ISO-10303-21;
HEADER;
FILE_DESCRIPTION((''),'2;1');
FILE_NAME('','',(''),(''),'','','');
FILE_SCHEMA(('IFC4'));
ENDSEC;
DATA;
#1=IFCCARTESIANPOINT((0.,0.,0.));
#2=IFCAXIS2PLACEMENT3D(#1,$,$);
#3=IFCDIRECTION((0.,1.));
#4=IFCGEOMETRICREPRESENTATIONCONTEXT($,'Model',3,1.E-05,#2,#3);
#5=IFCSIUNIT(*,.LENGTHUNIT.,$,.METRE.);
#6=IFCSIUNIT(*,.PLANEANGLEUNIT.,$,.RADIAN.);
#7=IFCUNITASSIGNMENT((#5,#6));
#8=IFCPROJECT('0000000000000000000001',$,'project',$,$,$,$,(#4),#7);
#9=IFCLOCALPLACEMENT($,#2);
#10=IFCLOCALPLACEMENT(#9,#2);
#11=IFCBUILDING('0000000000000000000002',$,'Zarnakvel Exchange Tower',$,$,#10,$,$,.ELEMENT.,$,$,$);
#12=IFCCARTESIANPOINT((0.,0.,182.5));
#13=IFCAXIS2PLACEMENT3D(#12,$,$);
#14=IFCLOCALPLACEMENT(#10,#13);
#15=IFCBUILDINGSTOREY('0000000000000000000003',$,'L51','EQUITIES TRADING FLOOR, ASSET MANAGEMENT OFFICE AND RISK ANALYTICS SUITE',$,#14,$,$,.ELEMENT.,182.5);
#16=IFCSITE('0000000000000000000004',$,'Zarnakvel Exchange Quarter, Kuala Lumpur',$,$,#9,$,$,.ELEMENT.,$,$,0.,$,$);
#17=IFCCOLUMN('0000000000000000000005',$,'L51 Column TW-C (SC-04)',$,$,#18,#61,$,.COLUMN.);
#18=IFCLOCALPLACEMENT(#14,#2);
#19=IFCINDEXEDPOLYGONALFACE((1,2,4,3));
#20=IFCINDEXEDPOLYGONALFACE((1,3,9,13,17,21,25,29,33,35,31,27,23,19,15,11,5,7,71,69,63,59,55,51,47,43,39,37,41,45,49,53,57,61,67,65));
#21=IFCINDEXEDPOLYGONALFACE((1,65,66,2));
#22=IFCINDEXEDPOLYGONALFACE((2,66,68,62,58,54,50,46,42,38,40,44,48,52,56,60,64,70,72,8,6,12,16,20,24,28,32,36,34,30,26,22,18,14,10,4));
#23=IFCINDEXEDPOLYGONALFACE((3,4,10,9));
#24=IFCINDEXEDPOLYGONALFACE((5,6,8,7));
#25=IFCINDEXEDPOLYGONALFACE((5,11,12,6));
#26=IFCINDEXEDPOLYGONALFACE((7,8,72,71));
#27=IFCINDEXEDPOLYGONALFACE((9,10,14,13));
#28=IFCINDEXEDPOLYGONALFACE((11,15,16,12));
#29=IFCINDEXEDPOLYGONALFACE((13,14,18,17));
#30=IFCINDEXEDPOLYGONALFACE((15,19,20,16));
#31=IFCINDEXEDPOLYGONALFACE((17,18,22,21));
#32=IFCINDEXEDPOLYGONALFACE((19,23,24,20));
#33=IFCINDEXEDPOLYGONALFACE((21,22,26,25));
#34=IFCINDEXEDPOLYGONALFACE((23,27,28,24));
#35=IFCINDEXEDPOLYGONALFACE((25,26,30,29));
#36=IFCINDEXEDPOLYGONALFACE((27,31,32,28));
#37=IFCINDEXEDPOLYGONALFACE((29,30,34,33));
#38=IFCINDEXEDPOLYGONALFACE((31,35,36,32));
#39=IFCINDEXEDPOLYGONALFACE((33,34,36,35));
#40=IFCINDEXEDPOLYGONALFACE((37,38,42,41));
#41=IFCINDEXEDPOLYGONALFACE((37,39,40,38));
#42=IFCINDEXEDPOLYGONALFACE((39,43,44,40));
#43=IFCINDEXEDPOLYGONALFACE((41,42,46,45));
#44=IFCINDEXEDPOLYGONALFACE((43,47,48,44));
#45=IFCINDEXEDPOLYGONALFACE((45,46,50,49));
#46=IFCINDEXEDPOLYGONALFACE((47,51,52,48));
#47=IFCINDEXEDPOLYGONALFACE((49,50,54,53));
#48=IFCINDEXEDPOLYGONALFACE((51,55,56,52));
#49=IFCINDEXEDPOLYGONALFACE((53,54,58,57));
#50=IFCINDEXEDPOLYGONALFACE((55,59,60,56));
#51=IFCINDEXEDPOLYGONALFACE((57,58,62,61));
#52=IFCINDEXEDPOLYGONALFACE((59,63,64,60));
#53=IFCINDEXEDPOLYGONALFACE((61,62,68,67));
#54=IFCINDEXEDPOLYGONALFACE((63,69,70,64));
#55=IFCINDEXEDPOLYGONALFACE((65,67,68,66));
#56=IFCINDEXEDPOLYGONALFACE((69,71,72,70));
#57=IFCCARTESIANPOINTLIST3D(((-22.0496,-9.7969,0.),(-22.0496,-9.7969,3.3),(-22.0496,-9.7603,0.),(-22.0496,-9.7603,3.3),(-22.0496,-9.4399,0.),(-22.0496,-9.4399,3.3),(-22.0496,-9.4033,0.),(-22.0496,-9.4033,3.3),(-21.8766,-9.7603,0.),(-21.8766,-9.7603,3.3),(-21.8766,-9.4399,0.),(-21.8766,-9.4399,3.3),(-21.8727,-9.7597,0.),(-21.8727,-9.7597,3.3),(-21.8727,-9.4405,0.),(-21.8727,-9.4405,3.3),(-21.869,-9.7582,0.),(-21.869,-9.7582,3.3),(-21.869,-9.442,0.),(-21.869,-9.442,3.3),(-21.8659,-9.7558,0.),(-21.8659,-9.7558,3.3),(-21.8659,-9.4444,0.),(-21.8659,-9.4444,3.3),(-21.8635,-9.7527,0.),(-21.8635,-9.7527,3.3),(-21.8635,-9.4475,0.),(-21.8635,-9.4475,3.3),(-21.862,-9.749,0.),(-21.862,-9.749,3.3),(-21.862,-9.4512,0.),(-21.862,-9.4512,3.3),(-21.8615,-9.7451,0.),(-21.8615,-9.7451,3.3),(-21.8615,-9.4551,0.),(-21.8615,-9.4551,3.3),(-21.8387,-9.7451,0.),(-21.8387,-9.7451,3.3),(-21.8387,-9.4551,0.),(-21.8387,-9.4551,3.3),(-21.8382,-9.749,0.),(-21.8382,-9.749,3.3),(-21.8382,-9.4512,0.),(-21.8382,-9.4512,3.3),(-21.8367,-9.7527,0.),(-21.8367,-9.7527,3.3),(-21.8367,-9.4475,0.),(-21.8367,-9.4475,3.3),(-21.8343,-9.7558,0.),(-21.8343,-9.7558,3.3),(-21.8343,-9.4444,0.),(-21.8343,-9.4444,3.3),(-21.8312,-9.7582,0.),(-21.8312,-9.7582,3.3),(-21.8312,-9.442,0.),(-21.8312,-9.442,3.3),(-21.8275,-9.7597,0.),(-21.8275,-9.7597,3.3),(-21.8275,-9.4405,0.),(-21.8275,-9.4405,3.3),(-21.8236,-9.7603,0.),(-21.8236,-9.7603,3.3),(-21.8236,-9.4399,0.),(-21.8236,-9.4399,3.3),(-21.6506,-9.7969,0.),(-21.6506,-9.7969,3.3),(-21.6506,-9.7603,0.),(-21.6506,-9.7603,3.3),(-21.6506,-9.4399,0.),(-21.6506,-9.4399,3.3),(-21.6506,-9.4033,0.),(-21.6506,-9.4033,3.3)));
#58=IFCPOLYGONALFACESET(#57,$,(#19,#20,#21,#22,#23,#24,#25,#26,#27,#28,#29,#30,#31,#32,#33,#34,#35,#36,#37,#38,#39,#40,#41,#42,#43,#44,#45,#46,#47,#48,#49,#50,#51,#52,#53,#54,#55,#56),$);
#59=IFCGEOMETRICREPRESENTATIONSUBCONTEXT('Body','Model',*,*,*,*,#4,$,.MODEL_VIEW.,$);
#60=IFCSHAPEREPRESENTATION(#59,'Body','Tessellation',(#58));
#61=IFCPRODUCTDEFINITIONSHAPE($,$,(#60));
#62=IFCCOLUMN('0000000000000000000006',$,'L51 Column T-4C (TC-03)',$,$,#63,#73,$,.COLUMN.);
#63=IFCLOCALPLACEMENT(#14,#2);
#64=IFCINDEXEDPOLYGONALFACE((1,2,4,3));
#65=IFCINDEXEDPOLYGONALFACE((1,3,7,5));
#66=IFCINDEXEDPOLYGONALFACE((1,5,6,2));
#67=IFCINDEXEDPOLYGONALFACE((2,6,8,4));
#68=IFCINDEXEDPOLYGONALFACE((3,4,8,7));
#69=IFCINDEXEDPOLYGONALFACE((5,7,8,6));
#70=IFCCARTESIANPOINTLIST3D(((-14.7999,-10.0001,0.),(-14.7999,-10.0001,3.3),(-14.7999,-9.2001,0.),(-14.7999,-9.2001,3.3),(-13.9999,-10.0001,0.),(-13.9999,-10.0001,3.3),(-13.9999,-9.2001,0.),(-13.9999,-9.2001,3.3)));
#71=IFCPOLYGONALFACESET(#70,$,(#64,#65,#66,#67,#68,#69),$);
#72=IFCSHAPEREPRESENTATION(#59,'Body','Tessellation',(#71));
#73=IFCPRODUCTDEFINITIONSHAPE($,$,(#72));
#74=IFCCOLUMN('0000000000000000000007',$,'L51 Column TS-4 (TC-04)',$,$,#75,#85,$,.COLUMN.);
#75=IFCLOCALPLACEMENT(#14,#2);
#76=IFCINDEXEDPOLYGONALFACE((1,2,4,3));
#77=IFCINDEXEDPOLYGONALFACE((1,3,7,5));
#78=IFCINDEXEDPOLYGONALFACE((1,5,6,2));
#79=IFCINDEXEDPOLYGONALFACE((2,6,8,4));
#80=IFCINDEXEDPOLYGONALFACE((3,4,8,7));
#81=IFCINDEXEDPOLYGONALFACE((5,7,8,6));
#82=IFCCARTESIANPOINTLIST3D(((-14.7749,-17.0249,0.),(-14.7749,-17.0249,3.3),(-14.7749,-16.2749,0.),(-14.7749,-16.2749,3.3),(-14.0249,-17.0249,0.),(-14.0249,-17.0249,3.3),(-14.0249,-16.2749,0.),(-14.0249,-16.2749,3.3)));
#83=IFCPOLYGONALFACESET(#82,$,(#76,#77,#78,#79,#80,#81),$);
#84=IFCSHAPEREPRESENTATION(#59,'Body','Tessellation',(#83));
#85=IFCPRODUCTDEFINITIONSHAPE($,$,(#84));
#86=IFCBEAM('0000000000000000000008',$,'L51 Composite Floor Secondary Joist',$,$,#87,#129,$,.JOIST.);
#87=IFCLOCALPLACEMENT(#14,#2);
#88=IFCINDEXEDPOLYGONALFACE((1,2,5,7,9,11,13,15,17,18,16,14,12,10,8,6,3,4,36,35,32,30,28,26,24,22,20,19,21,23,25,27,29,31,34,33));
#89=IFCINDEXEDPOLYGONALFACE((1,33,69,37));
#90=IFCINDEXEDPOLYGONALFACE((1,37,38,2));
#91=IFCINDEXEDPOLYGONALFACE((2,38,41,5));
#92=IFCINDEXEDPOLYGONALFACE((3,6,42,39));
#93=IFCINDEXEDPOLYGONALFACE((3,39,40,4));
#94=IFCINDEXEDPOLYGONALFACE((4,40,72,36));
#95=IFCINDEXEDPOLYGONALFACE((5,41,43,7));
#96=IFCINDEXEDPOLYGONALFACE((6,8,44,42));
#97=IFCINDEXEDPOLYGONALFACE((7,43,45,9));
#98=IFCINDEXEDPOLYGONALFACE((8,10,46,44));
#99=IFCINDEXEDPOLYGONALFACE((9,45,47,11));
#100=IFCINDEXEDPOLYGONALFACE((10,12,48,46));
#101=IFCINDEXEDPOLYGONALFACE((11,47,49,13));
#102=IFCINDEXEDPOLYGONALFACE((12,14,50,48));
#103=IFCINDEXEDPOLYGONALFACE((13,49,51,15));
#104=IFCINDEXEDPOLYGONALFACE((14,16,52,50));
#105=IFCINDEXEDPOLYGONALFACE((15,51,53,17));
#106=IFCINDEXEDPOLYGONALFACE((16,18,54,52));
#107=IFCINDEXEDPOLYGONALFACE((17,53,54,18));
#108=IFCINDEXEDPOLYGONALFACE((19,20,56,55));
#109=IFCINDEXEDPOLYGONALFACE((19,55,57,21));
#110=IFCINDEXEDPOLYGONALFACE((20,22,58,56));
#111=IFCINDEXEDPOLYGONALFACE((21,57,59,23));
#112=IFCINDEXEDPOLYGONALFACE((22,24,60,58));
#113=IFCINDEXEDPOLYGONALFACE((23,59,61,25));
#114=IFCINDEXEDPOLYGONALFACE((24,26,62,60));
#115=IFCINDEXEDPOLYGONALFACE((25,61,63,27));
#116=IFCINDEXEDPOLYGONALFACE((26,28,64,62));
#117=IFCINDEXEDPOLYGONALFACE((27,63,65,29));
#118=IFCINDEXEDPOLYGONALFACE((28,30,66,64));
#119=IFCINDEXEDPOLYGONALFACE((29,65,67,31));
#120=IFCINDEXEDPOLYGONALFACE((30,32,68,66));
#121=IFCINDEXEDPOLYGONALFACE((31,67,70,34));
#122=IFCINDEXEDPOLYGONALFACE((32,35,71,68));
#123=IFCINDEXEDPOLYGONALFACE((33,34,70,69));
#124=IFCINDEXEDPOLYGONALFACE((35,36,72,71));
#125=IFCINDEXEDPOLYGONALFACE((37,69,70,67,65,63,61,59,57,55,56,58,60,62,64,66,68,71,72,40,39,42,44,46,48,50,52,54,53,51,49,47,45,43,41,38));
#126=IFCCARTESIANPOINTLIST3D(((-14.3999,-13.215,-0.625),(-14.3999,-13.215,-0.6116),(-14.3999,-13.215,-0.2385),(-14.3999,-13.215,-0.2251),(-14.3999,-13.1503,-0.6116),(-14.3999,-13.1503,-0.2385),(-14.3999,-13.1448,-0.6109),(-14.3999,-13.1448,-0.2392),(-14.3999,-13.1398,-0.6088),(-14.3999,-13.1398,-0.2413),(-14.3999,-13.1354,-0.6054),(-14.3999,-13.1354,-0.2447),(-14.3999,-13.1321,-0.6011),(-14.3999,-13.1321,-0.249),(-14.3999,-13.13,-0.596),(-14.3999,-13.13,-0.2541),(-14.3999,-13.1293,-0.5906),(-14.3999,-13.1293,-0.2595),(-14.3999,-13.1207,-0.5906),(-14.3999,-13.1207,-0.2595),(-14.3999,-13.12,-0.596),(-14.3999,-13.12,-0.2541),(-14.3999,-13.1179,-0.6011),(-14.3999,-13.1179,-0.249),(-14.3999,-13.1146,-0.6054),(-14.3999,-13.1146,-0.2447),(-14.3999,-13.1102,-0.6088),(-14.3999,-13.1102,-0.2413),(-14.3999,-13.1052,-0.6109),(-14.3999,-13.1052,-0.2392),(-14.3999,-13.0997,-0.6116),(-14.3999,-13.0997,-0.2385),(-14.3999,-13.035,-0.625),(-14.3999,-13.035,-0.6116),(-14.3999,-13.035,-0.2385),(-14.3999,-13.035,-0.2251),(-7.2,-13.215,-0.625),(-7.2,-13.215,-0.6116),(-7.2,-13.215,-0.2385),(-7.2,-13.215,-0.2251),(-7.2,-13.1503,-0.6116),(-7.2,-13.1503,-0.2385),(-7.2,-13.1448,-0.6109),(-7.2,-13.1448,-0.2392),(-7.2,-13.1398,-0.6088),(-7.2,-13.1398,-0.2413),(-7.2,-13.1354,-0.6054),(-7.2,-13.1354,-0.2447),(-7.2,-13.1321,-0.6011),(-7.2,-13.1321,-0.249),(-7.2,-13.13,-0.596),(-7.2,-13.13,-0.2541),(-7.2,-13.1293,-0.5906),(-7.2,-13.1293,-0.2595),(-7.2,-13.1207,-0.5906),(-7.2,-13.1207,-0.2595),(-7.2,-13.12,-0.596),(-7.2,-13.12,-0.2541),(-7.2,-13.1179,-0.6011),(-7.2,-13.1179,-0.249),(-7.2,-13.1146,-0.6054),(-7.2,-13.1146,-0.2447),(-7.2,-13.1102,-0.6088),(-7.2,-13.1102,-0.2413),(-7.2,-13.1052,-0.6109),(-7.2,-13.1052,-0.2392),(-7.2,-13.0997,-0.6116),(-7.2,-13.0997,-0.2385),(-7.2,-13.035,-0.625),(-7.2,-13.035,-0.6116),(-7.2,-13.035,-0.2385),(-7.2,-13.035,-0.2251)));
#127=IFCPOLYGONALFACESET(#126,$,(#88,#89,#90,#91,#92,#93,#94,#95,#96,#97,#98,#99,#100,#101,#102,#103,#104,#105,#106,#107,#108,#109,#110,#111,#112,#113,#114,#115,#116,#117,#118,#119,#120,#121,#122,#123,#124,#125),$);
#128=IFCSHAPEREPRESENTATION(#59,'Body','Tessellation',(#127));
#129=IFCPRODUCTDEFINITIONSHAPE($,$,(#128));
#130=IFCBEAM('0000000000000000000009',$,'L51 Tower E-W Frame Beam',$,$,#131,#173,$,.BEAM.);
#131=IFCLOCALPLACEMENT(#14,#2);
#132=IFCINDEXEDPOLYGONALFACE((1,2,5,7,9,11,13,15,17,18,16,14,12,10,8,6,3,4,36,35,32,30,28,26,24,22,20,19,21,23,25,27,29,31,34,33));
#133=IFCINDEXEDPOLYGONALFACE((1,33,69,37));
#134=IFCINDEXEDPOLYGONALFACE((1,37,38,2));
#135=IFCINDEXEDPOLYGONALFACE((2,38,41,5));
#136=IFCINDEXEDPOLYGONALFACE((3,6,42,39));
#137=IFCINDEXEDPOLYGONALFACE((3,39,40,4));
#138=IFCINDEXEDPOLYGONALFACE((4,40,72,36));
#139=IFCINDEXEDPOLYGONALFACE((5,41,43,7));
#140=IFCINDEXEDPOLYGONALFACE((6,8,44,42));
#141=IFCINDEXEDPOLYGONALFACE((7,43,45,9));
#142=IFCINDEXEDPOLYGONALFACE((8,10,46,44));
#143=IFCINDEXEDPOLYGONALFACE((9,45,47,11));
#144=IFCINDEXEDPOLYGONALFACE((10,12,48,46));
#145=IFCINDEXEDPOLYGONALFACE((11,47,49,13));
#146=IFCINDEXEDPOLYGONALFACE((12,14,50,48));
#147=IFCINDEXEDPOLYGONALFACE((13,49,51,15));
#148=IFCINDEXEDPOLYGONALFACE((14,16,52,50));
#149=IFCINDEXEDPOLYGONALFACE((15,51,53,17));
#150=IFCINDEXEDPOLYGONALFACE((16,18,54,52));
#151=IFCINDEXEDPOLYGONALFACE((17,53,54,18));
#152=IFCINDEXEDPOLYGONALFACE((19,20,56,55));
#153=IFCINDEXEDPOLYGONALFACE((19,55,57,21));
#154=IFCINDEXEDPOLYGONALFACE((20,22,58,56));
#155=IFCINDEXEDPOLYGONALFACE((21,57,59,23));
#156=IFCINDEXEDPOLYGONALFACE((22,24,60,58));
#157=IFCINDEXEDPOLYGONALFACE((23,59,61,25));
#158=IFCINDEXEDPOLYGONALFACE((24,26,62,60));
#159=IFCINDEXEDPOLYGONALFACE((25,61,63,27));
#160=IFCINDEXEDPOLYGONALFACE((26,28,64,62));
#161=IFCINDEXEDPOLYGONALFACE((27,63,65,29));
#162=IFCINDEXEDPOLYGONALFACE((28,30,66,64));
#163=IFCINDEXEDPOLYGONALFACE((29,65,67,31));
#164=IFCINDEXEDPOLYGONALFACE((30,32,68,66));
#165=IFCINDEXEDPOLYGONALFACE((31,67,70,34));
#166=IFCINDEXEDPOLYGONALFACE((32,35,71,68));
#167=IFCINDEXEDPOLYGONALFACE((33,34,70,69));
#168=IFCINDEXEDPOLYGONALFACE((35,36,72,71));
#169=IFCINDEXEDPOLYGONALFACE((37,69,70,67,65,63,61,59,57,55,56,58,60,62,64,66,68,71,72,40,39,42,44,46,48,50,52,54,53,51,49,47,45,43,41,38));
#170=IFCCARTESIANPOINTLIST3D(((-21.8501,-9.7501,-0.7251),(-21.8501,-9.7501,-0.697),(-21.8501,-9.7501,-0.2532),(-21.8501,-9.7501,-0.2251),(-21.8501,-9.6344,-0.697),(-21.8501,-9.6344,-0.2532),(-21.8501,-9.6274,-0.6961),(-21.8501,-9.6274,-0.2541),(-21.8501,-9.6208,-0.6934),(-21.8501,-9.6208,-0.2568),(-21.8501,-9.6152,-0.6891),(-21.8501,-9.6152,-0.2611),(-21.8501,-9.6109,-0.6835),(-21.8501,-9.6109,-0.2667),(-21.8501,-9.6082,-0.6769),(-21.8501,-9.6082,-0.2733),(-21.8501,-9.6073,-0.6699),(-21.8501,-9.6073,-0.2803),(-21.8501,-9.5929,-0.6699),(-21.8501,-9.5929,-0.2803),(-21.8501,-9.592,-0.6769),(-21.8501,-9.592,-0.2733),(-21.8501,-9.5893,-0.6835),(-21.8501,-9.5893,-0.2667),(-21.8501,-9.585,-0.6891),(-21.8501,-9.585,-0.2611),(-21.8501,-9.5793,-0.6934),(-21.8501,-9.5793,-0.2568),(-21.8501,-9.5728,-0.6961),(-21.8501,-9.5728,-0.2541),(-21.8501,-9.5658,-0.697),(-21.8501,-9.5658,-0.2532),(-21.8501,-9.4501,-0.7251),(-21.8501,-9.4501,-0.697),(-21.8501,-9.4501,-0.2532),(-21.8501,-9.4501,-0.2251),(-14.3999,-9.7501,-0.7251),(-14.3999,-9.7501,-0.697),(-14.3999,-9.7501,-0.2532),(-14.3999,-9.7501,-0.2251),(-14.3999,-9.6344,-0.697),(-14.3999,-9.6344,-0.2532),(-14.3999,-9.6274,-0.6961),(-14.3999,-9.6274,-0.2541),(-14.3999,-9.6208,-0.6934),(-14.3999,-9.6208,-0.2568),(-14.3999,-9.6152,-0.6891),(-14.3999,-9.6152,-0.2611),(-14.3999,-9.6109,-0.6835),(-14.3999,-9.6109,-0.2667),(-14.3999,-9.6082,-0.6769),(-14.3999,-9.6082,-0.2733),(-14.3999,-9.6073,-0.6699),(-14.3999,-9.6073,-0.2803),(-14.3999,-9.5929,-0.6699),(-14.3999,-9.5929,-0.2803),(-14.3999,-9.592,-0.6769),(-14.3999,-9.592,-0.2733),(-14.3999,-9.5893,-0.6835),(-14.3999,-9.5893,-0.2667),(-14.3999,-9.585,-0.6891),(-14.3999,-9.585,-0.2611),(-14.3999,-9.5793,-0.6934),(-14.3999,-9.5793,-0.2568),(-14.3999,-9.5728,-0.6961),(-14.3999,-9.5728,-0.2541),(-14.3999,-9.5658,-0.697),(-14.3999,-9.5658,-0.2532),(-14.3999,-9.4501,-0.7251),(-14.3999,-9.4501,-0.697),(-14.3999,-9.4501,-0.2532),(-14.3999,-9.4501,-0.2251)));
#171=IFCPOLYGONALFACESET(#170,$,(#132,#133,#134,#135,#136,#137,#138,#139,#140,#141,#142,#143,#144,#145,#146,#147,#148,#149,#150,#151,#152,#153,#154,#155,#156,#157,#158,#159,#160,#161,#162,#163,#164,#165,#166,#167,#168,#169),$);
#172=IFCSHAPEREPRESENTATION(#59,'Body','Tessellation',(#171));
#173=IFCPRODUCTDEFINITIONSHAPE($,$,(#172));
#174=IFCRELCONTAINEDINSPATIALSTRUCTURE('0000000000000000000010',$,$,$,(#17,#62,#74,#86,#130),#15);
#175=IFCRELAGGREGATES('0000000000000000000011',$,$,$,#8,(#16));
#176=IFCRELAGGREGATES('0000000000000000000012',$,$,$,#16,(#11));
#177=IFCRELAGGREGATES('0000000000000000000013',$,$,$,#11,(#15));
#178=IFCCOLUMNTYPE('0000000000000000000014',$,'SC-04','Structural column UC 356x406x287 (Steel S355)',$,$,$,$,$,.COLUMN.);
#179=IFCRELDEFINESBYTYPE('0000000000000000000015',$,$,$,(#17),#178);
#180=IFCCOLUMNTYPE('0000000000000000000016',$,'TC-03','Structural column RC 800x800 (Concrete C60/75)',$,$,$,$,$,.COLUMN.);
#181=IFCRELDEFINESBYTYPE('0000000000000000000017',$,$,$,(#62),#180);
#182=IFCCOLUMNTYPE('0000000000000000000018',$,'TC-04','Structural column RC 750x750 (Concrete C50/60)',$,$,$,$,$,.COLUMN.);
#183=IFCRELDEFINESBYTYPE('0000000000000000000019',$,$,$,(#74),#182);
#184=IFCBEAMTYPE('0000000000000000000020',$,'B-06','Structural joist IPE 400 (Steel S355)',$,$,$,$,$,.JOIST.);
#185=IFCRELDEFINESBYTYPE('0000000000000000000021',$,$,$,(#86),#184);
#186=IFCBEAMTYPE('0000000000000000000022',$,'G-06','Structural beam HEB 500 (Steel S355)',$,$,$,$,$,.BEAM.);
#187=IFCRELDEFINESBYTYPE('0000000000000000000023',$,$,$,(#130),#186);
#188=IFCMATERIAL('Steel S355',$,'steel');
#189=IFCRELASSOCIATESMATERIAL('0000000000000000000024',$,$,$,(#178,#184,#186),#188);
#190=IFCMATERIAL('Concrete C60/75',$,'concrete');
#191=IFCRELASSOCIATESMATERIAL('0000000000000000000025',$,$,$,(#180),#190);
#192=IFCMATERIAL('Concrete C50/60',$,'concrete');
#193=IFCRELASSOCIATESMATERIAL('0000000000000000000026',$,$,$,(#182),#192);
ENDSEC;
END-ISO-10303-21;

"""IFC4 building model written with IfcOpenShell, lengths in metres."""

from ifc_helpers import new_model, si_unit, direction, frame, origin, origin_2d, place, context, subcontext, project, spatial, rectangle, i_section, extrude, material, material_profile, profile_set, type_object, element, save


model = new_model("IFC4")

# Units and contexts
model_context = context("Model", 3, precision=1e-05, world=origin(), true_north=direction((0.0, 1.0)))
body_context = subcontext(model_context, "Body", "Model", "MODEL_VIEW")
ifc_project = project(units=[si_unit("LENGTHUNIT", "METRE"), si_unit("PLANEANGLEUNIT", "RADIAN")], contexts=[model_context])

# Site, building, storey
site_placement = place(None, origin())
site = spatial("IfcSite", under=ifc_project, at=site_placement, Name="Zarnakvel Exchange Quarter, Kuala Lumpur", CompositionType="ELEMENT", RefElevation=0.0)
building_placement = place(site_placement, origin())
building = spatial("IfcBuilding", under=site, at=building_placement, Name="Zarnakvel Exchange Tower", CompositionType="ELEMENT")
storey_placement = place(building_placement, frame((0.0, 0.0, 182.5)))
storey = spatial("IfcBuildingStorey", under=building, at=storey_placement, Name="L51", Description="EQUITIES TRADING FLOOR, ASSET MANAGEMENT OFFICE AND RISK ANALYTICS SUITE", CompositionType="ELEMENT", Elevation=182.5)

# Columns
ifc_material_1 = material(Name="Steel S355", Category="steel")
ifc_material_profile_1 = material_profile(ifc_material_1, i_section(OverallWidth=0.3989, OverallDepth=0.3936, WebThickness=0.0227, FlangeThickness=0.0366, FilletRadius=0.0151, at=origin_2d()))
ifc_profile_set_1 = profile_set([ifc_material_profile_1], Name="Steel S355")
column_type_1 = type_object("IfcColumnType", Name="SC-04", Description="Structural column UC 356x406x287 (Steel S355)", PredefinedType="COLUMN", material=ifc_profile_set_1)
column_1_placement = place(storey_placement, frame((-21.8501, -9.6001, 0.0), z_axis=(0.0, 0.0, 1.0), x_axis=(1.0, 0.0, 0.0)))
element("IfcColumn", 1, at=column_1_placement, inside=storey, type_object=column_type_1, Name="L51 Column TW-C (SC-04)", PredefinedType="COLUMN", context=body_context, shape_type="SweptSolid", body=[
    extrude(i_section(OverallWidth=0.3989, OverallDepth=0.3936, WebThickness=0.0227, FlangeThickness=0.0366, FilletRadius=0.0151, at=origin_2d()), origin(), (0.0, 0.0, 1.0), 3.3),
])
ifc_material_2 = material(Name="Concrete C60/75", Category="concrete")
ifc_material_profile_2 = material_profile(ifc_material_2, rectangle(XDim=0.8, YDim=0.8, at=origin_2d()))
ifc_profile_set_2 = profile_set([ifc_material_profile_2], Name="Concrete C60/75")
column_type_2 = type_object("IfcColumnType", Name="TC-03", Description="Structural column RC 800x800 (Concrete C60/75)", PredefinedType="COLUMN", material=ifc_profile_set_2)
column_2_placement = place(storey_placement, frame((-14.3999, -9.6001, 0.0), z_axis=(0.0, 0.0, 1.0), x_axis=(1.0, 0.0, 0.0)))
element("IfcColumn", 2, at=column_2_placement, inside=storey, type_object=column_type_2, Name="L51 Column T-4C (TC-03)", PredefinedType="COLUMN", context=body_context, shape_type="SweptSolid", body=[
    extrude(rectangle(XDim=0.8, YDim=0.8, at=origin_2d()), origin(), (0.0, 0.0, 1.0), 3.3),
])
ifc_material_3 = material(Name="Concrete C50/60", Category="concrete")
ifc_material_profile_3 = material_profile(ifc_material_3, rectangle(XDim=0.75, YDim=0.75, at=origin_2d()))
ifc_profile_set_3 = profile_set([ifc_material_profile_3], Name="Concrete C50/60")
column_type_3 = type_object("IfcColumnType", Name="TC-04", Description="Structural column RC 750x750 (Concrete C50/60)", PredefinedType="COLUMN", material=ifc_profile_set_3)
column_3_placement = place(storey_placement, frame((-14.3999, -16.6499, 0.0), z_axis=(0.0, 0.0, 1.0), x_axis=(1.0, 0.0, 0.0)))
element("IfcColumn", 3, at=column_3_placement, inside=storey, type_object=column_type_3, Name="L51 Column TS-4 (TC-04)", PredefinedType="COLUMN", context=body_context, shape_type="SweptSolid", body=[
    extrude(rectangle(XDim=0.75, YDim=0.75, at=origin_2d()), origin(), (0.0, 0.0, 1.0), 3.3),
])

# Beams
ifc_material_profile_4 = material_profile(ifc_material_1, i_section(OverallWidth=0.1799, OverallDepth=0.3999, WebThickness=0.0085, FlangeThickness=0.0134, FilletRadius=0.021, at=origin_2d()))
ifc_profile_set_4 = profile_set([ifc_material_profile_4], Name="Steel S355")
beam_type_1 = type_object("IfcBeamType", Name="B-06", Description="Structural joist IPE 400 (Steel S355)", PredefinedType="JOIST", material=ifc_profile_set_4)
beam_1_placement = place(storey_placement, frame((-14.3999, -13.125, -0.425), z_axis=(1.0, 0.0, 0.0), x_axis=(0.0, 1.0, 0.0)))
element("IfcBeam", 4, at=beam_1_placement, inside=storey, type_object=beam_type_1, Name="L51 Composite Floor Secondary Joist", PredefinedType="JOIST", context=body_context, shape_type="SweptSolid", body=[
    extrude(i_section(OverallWidth=0.1799, OverallDepth=0.3999, WebThickness=0.0085, FlangeThickness=0.0134, FilletRadius=0.021, at=origin_2d()), origin(), (0.0, 0.0, 1.0), 7.2),
])
ifc_material_profile_5 = material_profile(ifc_material_1, i_section(OverallWidth=0.3, OverallDepth=0.5, WebThickness=0.0144, FlangeThickness=0.0281, FilletRadius=0.0271, at=origin_2d()))
ifc_profile_set_5 = profile_set([ifc_material_profile_5], Name="Steel S355")
beam_type_2 = type_object("IfcBeamType", Name="G-06", Description="Structural beam HEB 500 (Steel S355)", PredefinedType="BEAM", material=ifc_profile_set_5)
beam_2_placement = place(storey_placement, frame((-21.8501, -9.6001, -0.4751), z_axis=(1.0, 0.0, 0.0), x_axis=(0.0, 1.0, 0.0)))
element("IfcBeam", 5, at=beam_2_placement, inside=storey, type_object=beam_type_2, Name="L51 Tower E-W Frame Beam", PredefinedType="BEAM", context=body_context, shape_type="SweptSolid", body=[
    extrude(i_section(OverallWidth=0.3, OverallDepth=0.5, WebThickness=0.0144, FlangeThickness=0.0281, FilletRadius=0.0271, at=origin_2d()), origin(), (0.0, 0.0, 1.0), 7.4502),
])

save(model, "model.ifc")
